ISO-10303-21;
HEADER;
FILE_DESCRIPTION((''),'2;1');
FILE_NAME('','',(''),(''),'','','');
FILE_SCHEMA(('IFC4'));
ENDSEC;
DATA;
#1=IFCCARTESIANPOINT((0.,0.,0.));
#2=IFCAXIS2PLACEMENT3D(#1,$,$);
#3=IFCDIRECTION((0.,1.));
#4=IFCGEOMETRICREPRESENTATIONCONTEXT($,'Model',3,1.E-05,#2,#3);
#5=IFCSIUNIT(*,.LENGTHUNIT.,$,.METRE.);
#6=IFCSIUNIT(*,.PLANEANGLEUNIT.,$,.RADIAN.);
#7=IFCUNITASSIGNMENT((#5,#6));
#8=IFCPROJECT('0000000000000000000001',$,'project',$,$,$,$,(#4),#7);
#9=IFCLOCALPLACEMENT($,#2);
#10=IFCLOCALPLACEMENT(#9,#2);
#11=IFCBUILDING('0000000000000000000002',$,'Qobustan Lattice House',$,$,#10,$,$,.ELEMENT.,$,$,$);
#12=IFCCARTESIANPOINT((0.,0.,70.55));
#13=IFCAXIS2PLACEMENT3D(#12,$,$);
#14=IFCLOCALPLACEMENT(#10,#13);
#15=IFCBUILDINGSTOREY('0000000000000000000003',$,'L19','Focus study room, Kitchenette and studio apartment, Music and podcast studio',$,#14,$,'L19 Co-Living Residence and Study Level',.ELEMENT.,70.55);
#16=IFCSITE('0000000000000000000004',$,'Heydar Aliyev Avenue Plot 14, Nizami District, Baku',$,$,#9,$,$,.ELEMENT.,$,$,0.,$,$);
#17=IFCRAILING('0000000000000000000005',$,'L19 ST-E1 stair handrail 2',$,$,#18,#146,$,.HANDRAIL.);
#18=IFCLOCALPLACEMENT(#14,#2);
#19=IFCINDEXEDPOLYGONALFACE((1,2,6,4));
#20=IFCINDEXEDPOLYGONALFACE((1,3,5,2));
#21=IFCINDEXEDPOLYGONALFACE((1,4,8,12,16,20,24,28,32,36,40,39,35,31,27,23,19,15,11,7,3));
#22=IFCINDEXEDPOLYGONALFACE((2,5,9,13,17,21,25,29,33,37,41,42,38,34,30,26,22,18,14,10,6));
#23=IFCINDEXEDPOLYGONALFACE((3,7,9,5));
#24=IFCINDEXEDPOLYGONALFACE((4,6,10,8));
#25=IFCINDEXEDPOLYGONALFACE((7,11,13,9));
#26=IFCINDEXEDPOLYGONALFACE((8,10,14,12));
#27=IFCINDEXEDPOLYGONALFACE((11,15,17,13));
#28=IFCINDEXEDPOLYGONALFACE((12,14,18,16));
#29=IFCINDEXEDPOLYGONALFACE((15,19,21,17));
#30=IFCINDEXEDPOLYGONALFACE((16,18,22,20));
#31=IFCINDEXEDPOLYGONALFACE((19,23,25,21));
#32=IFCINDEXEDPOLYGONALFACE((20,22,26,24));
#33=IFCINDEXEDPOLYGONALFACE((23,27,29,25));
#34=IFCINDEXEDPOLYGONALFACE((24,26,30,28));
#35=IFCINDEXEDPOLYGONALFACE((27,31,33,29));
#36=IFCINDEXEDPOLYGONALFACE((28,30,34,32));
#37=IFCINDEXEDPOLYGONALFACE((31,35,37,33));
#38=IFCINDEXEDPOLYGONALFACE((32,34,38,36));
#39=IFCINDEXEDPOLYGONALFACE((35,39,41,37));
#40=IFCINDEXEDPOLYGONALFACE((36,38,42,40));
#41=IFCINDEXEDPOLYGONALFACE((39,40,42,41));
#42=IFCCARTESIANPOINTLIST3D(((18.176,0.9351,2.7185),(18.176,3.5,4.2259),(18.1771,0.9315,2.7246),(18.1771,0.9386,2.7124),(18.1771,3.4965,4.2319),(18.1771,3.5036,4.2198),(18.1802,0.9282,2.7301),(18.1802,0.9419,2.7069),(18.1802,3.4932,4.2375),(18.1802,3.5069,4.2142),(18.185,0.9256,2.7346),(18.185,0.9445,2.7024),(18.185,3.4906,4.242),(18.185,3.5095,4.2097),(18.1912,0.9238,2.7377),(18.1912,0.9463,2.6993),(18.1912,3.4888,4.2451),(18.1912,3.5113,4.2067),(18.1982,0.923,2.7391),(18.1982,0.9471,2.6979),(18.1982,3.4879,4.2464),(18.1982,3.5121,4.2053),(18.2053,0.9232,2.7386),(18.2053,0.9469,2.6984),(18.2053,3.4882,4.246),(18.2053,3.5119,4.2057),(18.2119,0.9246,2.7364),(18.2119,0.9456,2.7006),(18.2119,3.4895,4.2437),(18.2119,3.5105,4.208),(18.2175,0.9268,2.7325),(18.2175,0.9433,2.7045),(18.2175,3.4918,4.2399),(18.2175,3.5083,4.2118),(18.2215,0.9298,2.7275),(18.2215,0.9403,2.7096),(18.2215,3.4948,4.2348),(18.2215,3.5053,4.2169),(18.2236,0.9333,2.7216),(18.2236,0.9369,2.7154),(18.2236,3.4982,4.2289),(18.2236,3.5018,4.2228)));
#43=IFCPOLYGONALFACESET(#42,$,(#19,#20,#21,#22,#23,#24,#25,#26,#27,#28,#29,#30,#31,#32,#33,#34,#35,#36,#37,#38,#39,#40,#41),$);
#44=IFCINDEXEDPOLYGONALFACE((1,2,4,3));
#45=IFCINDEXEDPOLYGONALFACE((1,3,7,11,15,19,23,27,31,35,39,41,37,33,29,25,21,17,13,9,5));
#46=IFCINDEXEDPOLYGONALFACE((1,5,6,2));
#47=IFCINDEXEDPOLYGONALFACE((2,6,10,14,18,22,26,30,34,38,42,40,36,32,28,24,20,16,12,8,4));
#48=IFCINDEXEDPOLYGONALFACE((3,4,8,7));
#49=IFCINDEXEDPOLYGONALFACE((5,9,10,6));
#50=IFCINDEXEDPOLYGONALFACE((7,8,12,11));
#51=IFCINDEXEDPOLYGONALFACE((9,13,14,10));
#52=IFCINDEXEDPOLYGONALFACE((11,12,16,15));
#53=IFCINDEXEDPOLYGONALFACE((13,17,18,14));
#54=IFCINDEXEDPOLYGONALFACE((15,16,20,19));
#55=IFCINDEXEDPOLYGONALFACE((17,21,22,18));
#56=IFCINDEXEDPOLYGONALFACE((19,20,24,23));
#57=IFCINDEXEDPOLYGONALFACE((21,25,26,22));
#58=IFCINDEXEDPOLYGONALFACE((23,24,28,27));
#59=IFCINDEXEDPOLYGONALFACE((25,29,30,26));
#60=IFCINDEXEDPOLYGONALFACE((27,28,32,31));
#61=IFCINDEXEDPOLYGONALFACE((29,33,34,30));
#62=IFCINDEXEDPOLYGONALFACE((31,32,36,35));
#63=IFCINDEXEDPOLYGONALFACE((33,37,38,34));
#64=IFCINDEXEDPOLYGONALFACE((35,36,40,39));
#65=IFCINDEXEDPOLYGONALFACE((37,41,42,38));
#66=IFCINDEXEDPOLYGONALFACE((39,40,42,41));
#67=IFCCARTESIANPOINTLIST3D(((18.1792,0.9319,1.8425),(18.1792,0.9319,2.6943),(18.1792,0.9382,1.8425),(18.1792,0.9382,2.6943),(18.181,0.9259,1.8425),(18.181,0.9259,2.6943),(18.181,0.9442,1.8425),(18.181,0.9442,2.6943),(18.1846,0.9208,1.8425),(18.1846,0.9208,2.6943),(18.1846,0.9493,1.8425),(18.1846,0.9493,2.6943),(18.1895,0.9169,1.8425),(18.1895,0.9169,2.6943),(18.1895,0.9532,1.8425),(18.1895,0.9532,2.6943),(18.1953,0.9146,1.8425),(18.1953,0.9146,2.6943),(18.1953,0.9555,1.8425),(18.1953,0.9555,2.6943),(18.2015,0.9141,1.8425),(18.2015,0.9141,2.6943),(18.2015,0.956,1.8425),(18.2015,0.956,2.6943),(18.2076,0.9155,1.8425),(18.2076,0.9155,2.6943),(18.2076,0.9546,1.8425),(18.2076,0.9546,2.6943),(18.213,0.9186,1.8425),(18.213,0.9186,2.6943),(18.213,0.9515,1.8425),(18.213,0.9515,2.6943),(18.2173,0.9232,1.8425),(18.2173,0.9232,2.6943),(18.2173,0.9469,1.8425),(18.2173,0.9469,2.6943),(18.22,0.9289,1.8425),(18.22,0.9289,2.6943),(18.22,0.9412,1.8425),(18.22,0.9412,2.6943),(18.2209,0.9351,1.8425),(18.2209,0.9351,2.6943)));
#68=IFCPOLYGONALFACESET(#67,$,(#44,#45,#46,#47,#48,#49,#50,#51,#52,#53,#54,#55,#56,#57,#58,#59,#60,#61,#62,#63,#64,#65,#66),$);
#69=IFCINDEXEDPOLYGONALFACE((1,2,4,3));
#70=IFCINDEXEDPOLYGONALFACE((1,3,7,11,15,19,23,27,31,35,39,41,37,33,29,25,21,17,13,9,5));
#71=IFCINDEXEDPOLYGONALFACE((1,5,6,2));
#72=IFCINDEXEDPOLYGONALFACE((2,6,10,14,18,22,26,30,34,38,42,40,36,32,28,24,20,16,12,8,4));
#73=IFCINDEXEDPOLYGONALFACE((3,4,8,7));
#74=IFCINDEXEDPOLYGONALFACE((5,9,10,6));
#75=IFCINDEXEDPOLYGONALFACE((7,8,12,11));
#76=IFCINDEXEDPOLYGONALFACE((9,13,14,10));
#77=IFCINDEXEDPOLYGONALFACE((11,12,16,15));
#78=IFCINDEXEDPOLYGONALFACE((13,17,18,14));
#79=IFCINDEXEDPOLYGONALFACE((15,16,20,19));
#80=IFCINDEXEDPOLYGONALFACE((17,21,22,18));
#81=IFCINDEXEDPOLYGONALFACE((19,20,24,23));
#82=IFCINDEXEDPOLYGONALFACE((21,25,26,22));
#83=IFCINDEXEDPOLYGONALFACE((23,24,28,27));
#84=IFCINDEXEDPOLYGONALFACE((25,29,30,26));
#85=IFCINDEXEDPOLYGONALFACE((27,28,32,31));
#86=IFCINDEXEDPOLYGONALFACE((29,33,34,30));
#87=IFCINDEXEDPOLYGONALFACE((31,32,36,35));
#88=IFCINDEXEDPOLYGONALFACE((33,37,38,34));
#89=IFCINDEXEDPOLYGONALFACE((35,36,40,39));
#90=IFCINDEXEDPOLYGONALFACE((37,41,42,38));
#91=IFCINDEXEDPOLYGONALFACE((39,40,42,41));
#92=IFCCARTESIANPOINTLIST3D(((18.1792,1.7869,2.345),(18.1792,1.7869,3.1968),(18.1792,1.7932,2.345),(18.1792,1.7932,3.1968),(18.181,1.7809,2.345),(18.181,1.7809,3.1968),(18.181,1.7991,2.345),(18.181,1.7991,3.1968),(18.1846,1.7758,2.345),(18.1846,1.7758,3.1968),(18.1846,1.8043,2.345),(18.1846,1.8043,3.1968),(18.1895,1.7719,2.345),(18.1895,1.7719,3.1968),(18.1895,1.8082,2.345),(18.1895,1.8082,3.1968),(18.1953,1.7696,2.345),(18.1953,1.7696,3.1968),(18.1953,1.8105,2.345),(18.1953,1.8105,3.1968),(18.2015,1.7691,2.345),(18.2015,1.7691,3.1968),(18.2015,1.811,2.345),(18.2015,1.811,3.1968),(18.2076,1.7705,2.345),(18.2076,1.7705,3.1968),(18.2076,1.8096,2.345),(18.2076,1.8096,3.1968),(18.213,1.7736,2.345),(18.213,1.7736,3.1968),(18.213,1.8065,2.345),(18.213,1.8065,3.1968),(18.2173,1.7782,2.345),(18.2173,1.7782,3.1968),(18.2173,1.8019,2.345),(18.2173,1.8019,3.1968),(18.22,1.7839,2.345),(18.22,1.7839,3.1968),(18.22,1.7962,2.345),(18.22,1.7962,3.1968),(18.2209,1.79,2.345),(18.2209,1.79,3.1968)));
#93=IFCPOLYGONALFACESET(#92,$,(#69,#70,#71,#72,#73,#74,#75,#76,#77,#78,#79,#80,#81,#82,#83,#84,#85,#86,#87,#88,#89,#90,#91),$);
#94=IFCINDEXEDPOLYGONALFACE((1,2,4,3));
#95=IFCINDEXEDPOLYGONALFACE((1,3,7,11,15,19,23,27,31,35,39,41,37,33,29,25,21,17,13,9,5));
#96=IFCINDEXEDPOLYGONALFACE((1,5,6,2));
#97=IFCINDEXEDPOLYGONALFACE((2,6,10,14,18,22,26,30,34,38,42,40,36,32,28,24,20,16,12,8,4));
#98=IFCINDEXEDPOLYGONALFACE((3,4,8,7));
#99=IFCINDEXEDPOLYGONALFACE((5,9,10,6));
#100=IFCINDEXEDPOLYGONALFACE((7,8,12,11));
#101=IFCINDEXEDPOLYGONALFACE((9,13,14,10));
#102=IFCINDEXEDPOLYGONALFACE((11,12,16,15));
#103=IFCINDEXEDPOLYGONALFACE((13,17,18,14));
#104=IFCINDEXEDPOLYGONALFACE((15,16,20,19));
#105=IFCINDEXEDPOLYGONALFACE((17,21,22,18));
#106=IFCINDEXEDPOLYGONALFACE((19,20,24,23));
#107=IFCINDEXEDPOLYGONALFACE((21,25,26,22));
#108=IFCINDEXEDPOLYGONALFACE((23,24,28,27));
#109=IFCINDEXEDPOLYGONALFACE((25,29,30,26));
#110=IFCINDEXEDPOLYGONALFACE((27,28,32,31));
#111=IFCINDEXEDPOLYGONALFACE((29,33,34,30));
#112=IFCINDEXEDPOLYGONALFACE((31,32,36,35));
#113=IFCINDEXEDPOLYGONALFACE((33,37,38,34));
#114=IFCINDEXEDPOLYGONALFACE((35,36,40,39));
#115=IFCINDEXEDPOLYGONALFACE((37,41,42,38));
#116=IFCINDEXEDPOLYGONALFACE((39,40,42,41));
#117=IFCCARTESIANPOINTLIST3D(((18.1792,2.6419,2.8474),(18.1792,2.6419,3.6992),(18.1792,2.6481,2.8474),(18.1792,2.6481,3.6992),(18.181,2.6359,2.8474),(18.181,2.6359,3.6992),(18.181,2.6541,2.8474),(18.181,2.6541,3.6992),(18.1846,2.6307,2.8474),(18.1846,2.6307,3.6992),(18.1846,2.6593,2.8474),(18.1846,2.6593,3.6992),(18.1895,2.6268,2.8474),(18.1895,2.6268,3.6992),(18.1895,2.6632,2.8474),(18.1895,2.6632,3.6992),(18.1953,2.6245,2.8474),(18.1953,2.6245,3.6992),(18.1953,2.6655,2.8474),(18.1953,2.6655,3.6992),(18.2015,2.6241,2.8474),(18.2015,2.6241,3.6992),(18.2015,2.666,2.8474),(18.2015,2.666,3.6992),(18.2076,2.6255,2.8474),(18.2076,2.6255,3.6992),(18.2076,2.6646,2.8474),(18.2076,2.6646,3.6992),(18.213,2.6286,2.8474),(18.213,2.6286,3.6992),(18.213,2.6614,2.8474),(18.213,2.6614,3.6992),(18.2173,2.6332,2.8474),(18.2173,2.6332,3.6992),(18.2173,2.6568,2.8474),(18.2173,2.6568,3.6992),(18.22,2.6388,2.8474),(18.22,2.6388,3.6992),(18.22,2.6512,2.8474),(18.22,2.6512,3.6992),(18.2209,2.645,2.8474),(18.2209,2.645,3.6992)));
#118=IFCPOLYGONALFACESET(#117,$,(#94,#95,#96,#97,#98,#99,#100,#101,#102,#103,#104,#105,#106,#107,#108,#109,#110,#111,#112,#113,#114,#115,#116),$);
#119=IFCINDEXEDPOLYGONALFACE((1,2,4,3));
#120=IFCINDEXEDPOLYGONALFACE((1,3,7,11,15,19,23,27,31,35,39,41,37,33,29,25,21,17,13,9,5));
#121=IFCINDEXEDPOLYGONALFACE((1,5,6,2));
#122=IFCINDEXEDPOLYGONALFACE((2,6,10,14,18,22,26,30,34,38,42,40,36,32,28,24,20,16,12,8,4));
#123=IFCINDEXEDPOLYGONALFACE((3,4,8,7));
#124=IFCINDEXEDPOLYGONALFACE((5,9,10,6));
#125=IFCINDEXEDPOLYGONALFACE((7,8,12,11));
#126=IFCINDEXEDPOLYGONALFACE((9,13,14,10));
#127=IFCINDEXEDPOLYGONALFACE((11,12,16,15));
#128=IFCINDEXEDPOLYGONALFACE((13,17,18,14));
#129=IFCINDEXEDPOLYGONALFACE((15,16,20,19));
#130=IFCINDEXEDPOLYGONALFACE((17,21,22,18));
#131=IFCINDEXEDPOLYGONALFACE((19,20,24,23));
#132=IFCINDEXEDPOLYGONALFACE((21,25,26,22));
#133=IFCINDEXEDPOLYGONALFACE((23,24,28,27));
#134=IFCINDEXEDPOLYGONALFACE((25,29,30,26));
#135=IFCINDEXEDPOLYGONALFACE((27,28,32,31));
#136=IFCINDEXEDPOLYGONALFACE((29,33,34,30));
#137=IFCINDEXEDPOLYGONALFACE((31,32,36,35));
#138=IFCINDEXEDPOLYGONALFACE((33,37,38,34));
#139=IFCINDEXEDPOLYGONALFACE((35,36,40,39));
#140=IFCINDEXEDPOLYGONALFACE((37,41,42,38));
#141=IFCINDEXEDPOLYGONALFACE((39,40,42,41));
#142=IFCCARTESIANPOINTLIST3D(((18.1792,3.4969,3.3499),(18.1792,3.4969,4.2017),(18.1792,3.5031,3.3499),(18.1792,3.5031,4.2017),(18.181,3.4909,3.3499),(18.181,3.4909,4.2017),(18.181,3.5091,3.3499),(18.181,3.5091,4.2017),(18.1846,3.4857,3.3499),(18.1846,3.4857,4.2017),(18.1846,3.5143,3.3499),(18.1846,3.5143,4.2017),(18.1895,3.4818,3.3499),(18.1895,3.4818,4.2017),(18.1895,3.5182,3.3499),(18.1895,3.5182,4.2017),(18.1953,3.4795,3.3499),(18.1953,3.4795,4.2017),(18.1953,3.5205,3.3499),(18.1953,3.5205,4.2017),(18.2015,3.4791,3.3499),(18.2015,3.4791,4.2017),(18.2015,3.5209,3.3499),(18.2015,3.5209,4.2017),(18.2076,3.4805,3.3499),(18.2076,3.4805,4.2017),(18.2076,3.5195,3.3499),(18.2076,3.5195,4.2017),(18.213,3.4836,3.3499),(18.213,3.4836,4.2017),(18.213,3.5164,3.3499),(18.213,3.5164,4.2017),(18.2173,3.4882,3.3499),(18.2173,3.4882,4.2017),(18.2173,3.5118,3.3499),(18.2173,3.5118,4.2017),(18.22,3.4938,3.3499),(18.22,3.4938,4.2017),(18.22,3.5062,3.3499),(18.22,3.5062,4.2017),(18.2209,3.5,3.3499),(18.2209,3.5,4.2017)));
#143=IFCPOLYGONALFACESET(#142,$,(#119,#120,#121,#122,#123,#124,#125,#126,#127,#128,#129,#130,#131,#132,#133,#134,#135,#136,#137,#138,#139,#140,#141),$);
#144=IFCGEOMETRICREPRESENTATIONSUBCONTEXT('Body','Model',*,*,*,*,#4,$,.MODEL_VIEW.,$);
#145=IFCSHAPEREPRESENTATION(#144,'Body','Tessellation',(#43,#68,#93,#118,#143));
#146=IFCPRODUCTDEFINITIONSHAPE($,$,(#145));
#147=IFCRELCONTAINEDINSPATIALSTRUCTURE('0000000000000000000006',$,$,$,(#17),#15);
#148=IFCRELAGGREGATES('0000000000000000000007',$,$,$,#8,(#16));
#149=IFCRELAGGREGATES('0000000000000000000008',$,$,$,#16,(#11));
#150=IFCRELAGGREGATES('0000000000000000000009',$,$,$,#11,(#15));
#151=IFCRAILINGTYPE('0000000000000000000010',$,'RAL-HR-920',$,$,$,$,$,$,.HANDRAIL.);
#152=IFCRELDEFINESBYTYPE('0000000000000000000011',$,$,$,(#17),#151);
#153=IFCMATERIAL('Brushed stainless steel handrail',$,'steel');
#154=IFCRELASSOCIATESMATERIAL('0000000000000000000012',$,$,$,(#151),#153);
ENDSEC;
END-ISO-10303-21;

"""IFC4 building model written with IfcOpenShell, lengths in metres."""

from ifc_helpers import new_model, si_unit, direction, frame, origin, origin_2d, place, context, subcontext, project, spatial, circle, extrude, material, type_object, element, save


model = new_model("IFC4")

# Units and contexts
model_context = context("Model", 3, precision=1e-05, world=origin(), true_north=direction((0.0, 1.0)))
body_context = subcontext(model_context, "Body", "Model", "MODEL_VIEW")
ifc_project = project(units=[si_unit("LENGTHUNIT", "METRE"), si_unit("PLANEANGLEUNIT", "RADIAN")], contexts=[model_context])

# Site, building, storey
site_placement = place(None, origin())
site = spatial("IfcSite", under=ifc_project, at=site_placement, Name="Heydar Aliyev Avenue Plot 14, Nizami District, Baku", CompositionType="ELEMENT", RefElevation=0.0)
building_placement = place(site_placement, origin())
building = spatial("IfcBuilding", under=site, at=building_placement, Name="Qobustan Lattice House", CompositionType="ELEMENT")
storey_placement = place(building_placement, frame((0.0, 0.0, 70.55)))
storey = spatial("IfcBuildingStorey", under=building, at=storey_placement, Name="L19", Description="Focus study room, Kitchenette and studio apartment, Music and podcast studio", LongName="L19 Co-Living Residence and Study Level", CompositionType="ELEMENT", Elevation=70.55)

# Railing
ifc_material_1 = material(Name="Brushed stainless steel handrail", Category="steel")
railing_type = type_object("IfcRailingType", Name="RAL-HR-920", PredefinedType="HANDRAIL", material=ifc_material_1)
railing_placement = place(storey_placement, frame((18.2, 0.9351, 1.8425)))
element("IfcRailing", 1, at=railing_placement, inside=storey, type_object=railing_type, Name="L19 ST-E1 stair handrail 2", PredefinedType="HANDRAIL", context=body_context, shape_type="SweptSolid", body=[
    extrude(circle(Radius=0.0239, at=origin_2d()), frame((0.0, 0.0, 0.876), z_axis=(0.0, 0.862149, 0.506654), x_axis=(-1.0, 0.0, 0.0)), (0.0, 0.0, 1.0), 2.9751),
    extrude(circle(Radius=0.021, at=origin_2d()), origin(), (0.0, 0.0, 1.0), 0.8518),
    extrude(circle(Radius=0.021, at=origin_2d()), frame((0.0, 0.855, 0.5024)), (0.0, 0.0, 1.0), 0.8518),
    extrude(circle(Radius=0.021, at=origin_2d()), frame((0.0, 1.71, 1.0049)), (0.0, 0.0, 1.0), 0.8518),
    extrude(circle(Radius=0.021, at=origin_2d()), frame((0.0, 2.5649, 1.5073)), (0.0, 0.0, 1.0), 0.8518),
])

save(model, "model.ifc")
